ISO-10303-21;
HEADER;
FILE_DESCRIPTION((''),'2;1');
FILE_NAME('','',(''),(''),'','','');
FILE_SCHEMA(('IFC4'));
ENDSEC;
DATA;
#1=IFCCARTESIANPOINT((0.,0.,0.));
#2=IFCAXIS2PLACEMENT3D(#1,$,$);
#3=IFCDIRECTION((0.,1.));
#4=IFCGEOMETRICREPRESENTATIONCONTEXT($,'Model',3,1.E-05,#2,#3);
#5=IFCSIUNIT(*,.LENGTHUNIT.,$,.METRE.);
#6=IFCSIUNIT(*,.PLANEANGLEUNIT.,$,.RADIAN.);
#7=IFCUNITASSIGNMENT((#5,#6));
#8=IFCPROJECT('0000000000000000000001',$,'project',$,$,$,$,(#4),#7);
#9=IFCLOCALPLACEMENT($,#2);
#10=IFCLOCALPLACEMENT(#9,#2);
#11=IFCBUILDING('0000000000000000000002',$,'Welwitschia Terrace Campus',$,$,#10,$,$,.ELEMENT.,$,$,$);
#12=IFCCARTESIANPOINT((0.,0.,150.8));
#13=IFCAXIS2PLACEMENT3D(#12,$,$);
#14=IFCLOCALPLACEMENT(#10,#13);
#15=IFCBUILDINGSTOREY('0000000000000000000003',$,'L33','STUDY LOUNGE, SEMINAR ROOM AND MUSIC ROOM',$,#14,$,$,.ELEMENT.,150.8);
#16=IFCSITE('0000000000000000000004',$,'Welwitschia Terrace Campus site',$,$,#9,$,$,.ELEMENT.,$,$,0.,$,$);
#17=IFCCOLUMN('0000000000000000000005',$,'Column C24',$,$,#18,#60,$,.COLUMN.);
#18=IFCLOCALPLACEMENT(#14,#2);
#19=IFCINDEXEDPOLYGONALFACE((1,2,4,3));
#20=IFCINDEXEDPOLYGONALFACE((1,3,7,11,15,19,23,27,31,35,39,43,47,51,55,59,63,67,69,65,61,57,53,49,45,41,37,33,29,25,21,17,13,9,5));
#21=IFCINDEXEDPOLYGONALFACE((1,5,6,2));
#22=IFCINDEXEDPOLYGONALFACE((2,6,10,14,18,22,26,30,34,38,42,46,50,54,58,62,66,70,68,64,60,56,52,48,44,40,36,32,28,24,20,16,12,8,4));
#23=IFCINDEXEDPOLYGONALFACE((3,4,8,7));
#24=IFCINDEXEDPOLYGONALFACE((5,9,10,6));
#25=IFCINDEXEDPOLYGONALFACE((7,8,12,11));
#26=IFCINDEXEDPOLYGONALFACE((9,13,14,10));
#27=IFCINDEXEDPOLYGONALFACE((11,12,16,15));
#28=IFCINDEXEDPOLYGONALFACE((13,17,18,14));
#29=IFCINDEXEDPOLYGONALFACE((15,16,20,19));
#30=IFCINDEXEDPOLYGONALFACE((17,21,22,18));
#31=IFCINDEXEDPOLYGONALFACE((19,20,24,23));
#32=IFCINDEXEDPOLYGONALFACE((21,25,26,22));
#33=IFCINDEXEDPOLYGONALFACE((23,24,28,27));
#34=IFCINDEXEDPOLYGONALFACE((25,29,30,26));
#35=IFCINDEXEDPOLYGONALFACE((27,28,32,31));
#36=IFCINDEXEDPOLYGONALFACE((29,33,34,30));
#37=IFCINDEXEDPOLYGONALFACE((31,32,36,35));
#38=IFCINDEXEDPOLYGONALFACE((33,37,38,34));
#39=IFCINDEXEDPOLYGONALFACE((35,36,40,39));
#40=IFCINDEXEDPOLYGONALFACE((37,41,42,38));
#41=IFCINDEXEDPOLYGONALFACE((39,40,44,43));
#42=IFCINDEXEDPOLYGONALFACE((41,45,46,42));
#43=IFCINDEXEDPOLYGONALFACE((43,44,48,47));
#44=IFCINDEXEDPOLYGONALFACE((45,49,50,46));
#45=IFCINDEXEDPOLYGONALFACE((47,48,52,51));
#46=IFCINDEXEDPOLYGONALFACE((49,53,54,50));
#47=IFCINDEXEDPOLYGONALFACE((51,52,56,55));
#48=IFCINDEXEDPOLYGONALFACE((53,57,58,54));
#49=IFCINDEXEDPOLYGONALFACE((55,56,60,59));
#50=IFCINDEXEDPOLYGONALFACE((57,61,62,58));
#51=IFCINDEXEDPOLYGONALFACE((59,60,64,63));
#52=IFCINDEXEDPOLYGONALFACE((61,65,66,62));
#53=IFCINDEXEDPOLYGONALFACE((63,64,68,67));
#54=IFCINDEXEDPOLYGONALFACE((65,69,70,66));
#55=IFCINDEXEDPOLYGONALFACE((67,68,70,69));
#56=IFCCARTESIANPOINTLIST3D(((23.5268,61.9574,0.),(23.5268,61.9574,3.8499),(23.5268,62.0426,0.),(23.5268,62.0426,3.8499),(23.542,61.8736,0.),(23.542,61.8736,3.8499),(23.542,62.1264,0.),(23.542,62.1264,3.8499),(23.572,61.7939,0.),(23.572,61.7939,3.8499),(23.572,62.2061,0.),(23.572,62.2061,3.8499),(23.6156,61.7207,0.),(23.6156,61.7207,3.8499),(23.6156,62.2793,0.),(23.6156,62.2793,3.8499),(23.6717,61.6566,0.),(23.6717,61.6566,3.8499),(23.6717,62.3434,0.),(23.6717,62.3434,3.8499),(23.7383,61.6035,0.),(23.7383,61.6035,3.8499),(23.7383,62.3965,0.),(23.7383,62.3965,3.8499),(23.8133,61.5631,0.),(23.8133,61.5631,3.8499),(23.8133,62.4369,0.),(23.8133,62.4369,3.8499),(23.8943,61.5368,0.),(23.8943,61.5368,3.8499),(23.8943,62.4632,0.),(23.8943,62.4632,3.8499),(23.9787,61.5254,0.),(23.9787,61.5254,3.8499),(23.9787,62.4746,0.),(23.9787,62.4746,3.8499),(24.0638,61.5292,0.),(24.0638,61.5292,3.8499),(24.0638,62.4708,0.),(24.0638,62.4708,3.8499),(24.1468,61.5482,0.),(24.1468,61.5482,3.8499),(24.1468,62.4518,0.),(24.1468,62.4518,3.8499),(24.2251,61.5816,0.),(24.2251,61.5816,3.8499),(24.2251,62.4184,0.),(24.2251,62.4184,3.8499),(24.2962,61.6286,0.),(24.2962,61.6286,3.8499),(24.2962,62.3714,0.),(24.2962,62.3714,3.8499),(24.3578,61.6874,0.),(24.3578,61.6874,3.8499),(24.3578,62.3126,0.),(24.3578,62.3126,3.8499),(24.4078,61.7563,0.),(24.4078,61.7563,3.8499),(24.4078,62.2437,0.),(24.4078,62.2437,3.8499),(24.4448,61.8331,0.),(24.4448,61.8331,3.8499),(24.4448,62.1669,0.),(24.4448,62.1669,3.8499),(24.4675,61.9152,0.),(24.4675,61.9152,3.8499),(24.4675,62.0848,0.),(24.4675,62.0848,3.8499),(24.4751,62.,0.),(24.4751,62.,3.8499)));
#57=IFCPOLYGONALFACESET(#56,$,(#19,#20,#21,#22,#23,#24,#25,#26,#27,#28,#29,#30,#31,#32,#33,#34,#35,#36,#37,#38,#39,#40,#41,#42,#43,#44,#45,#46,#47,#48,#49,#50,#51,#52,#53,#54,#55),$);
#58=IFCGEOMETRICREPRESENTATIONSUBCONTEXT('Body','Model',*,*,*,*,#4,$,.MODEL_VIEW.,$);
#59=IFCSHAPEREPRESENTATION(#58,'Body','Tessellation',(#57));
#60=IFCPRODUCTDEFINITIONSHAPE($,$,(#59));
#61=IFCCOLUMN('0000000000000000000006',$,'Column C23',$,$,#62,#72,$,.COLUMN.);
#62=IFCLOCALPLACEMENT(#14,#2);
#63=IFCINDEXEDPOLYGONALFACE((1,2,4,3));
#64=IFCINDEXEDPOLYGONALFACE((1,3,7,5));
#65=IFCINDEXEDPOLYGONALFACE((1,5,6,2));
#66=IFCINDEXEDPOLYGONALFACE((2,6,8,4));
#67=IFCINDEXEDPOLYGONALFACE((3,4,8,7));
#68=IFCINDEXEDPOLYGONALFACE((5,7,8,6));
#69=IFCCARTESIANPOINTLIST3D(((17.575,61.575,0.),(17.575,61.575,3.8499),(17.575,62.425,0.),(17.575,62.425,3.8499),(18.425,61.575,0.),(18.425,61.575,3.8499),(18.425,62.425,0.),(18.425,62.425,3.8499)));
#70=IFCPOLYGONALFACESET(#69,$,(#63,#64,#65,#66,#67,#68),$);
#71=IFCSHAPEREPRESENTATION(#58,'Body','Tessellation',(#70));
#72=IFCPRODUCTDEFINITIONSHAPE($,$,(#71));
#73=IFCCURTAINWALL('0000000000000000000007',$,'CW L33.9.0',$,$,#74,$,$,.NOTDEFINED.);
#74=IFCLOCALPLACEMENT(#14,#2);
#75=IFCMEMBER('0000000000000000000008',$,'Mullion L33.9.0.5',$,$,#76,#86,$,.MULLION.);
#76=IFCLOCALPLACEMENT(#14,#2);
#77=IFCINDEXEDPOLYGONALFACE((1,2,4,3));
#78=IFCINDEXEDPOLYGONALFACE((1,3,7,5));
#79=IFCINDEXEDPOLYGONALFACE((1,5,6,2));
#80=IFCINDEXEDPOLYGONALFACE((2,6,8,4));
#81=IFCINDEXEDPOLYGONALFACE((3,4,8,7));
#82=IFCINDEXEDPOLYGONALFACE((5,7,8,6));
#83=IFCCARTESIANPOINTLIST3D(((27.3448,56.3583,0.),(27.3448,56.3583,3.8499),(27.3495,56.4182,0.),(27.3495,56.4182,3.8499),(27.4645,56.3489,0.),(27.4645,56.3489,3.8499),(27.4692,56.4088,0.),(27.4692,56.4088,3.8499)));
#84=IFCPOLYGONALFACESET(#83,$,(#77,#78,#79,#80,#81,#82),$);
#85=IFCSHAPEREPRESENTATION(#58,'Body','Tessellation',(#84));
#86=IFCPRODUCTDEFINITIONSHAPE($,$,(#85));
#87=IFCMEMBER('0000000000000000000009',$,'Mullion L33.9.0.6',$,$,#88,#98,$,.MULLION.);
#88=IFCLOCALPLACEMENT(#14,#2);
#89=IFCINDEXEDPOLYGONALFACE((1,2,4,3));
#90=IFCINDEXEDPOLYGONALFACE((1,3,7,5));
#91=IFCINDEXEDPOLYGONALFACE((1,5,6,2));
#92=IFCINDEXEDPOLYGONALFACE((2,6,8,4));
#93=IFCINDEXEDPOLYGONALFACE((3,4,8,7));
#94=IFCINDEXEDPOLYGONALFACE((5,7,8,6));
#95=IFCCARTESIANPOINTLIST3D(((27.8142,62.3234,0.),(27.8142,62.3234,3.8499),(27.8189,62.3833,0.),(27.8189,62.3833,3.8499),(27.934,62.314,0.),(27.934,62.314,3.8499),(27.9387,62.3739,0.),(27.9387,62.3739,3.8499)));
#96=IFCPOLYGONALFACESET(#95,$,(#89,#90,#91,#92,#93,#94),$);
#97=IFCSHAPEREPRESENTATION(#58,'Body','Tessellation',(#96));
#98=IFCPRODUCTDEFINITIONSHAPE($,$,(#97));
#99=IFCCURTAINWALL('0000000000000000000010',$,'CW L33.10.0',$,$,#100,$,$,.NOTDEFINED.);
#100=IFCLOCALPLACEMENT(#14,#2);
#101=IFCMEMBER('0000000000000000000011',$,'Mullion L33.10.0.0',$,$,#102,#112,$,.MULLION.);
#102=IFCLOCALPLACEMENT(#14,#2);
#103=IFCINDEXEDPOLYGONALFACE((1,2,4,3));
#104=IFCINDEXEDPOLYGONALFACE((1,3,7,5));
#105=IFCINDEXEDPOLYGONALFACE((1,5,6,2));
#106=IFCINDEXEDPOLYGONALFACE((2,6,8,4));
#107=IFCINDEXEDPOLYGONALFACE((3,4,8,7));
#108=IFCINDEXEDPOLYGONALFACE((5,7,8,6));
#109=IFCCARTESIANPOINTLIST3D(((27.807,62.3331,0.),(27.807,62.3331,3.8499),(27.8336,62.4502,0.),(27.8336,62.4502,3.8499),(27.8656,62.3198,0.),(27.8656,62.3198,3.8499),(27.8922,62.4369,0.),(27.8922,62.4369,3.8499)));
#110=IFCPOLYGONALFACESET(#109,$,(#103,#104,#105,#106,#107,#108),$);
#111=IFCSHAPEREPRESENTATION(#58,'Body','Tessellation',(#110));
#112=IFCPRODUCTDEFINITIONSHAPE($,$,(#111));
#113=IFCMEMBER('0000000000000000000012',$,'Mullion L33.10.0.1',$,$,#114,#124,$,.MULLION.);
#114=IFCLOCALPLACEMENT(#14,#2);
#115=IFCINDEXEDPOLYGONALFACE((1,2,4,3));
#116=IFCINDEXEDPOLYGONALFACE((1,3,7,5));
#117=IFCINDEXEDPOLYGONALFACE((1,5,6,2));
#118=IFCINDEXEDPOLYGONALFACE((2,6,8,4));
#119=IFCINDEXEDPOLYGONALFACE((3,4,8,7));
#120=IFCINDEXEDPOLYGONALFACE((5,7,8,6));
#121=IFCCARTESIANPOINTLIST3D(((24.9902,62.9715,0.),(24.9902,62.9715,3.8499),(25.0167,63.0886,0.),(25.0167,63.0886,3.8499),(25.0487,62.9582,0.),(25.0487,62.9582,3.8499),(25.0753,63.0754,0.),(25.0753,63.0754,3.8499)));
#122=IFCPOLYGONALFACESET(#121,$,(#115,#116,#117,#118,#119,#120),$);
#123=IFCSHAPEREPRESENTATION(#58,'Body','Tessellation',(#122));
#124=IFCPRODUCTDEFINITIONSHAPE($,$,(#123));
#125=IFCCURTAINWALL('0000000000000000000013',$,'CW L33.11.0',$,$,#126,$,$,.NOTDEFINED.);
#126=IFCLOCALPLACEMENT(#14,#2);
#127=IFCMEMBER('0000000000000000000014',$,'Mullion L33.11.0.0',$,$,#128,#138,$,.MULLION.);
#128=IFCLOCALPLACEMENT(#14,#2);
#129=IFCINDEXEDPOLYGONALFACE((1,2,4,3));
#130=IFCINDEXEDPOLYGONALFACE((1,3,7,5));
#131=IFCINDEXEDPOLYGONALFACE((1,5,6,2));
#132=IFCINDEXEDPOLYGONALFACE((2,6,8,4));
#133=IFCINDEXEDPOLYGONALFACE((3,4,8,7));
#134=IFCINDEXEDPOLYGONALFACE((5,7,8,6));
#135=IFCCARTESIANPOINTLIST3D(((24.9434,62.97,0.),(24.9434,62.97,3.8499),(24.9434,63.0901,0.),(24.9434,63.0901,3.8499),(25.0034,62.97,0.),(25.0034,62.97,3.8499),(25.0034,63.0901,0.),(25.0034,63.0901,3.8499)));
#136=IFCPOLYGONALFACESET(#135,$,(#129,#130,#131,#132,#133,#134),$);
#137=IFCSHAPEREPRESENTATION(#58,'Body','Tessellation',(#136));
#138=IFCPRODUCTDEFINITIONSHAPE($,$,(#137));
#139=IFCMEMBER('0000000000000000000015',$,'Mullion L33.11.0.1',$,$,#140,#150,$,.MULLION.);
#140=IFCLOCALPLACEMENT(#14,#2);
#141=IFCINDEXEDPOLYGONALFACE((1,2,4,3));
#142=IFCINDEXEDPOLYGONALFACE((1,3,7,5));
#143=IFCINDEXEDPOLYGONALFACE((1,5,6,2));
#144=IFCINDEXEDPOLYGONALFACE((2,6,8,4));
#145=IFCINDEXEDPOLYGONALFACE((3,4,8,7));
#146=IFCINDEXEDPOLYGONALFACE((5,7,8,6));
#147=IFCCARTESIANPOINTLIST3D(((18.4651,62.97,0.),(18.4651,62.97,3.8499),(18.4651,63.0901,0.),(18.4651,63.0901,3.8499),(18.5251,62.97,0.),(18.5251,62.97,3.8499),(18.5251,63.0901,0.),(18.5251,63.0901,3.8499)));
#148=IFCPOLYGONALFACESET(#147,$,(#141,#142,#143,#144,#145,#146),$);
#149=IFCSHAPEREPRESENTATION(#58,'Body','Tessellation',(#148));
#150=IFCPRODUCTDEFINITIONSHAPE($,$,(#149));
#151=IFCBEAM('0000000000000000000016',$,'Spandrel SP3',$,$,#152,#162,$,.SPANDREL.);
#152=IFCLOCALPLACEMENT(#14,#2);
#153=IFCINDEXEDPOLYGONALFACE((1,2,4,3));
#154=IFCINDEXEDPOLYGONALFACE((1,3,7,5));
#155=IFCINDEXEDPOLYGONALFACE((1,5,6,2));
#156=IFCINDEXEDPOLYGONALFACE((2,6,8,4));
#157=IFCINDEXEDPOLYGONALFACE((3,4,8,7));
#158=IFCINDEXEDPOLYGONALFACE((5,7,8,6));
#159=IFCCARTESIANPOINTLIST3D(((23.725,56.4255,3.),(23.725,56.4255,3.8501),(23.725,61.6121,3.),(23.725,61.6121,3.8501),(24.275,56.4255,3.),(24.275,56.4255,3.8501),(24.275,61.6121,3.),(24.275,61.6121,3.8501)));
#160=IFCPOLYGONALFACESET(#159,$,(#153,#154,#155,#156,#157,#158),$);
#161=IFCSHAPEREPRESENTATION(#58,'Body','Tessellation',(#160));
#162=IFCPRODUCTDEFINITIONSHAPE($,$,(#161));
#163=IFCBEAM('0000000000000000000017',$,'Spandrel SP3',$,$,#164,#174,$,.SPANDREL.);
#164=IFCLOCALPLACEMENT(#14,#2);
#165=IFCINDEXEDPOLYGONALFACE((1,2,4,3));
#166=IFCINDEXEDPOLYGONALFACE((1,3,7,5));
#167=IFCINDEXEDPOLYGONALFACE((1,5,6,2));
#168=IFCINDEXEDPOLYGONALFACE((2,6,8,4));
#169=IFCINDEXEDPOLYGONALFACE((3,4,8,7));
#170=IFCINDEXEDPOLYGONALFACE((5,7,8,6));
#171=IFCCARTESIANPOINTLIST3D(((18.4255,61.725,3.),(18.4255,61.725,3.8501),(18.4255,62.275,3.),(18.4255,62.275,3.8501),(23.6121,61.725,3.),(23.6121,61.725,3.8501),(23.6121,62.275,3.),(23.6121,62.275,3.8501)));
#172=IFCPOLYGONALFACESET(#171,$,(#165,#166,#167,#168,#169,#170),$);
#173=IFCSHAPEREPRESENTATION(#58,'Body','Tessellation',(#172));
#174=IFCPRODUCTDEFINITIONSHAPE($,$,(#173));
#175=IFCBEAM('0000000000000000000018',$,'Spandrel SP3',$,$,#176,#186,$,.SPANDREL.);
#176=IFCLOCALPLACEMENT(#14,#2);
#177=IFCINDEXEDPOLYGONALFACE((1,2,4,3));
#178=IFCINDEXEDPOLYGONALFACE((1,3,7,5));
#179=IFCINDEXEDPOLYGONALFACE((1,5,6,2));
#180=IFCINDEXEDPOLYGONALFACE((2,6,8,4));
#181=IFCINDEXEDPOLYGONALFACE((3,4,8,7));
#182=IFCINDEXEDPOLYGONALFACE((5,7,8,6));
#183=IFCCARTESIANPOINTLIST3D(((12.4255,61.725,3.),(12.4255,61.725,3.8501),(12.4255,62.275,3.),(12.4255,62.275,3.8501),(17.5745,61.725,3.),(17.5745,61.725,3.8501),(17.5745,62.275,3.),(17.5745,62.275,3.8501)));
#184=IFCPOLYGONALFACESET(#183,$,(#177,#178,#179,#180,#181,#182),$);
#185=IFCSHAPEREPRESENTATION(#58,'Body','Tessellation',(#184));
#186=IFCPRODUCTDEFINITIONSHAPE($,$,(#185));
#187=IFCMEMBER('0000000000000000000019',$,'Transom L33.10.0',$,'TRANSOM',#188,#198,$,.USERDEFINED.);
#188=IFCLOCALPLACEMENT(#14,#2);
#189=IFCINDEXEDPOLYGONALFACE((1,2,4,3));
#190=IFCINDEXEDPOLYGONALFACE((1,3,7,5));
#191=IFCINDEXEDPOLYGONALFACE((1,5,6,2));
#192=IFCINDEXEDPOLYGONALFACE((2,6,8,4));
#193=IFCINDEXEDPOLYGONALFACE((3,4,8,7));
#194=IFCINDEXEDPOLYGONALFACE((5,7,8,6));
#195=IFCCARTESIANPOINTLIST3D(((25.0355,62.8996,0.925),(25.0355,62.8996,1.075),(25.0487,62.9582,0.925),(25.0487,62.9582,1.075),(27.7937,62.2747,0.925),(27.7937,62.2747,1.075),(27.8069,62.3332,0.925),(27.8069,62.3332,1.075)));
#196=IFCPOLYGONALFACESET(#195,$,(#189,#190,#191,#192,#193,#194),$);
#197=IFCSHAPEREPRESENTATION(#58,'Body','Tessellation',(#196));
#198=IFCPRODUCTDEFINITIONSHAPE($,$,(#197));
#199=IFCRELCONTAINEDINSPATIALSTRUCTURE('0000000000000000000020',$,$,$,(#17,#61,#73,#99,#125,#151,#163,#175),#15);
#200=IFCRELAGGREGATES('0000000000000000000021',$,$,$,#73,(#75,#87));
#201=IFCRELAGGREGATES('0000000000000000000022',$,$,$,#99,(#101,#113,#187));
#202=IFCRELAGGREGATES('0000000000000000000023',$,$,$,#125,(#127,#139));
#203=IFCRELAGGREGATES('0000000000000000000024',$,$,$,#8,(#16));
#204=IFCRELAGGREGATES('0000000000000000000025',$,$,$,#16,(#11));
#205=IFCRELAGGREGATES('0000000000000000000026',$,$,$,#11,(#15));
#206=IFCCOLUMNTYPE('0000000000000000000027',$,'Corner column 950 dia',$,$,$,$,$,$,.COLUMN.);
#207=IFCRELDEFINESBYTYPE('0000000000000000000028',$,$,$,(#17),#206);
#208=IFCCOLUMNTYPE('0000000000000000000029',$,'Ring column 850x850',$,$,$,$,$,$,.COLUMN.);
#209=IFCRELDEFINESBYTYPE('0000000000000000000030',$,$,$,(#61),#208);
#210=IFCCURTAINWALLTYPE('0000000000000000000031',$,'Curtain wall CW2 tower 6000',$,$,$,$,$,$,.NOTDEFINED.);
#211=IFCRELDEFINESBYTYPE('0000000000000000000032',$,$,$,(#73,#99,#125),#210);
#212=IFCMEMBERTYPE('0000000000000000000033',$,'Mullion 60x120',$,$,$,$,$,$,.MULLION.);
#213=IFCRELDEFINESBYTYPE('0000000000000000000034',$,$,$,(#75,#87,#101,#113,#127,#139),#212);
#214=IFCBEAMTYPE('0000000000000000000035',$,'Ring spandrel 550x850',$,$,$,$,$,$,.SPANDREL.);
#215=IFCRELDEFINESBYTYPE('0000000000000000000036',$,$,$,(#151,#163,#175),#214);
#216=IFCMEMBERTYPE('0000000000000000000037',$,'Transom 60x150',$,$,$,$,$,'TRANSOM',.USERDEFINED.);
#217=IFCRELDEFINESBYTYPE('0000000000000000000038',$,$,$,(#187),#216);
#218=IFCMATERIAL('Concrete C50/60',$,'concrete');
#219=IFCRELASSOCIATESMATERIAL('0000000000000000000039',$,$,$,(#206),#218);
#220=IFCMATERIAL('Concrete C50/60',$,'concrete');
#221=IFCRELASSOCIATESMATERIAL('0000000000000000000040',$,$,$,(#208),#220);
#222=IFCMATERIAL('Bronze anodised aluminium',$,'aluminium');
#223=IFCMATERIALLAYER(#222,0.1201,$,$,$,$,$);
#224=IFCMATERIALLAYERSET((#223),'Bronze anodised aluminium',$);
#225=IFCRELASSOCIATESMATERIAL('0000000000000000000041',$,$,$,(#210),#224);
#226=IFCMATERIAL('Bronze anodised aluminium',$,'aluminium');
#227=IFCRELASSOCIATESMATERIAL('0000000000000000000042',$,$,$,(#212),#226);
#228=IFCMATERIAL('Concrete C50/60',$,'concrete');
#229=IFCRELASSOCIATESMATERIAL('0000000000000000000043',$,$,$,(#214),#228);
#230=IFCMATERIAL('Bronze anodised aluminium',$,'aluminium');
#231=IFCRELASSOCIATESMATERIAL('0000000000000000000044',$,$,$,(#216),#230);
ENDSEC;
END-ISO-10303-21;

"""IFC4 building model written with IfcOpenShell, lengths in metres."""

from ifc_helpers import new_model, si_unit, direction, frame, origin, origin_2d, place, context, subcontext, project, spatial, rectangle, circle, extrude, material, layer, layer_set, material_profile, profile_set, type_object, element, aggregate, save


model = new_model("IFC4")

# Units and contexts
model_context = context("Model", 3, precision=1e-05, world=origin(), true_north=direction((0.0, 1.0)))
body_context = subcontext(model_context, "Body", "Model", "MODEL_VIEW")
ifc_project = project(units=[si_unit("LENGTHUNIT", "METRE"), si_unit("PLANEANGLEUNIT", "RADIAN")], contexts=[model_context])

# Site, building, storey
site_placement = place(None, origin())
site = spatial("IfcSite", under=ifc_project, at=site_placement, Name="Welwitschia Terrace Campus site", CompositionType="ELEMENT", RefElevation=0.0)
building_placement = place(site_placement, origin())
building = spatial("IfcBuilding", under=site, at=building_placement, Name="Welwitschia Terrace Campus", CompositionType="ELEMENT")
storey_placement = place(building_placement, frame((0.0, 0.0, 150.8)))
storey = spatial("IfcBuildingStorey", under=building, at=storey_placement, Name="L33", Description="STUDY LOUNGE, SEMINAR ROOM AND MUSIC ROOM", CompositionType="ELEMENT", Elevation=150.8)

# Columns
ifc_material_1 = material(Name="Concrete C50/60", Category="concrete")
ifc_material_profile_1 = material_profile(ifc_material_1, circle(Radius=0.4751, at=origin_2d()))
ifc_profile_set_1 = profile_set([ifc_material_profile_1], Name="Concrete C50/60")
column_type_1 = type_object("IfcColumnType", Name="Corner column 950 dia", PredefinedType="COLUMN", material=ifc_profile_set_1)
column_1_placement = place(storey_placement, frame((24.0, 62.0, 0.0), z_axis=(0.0, 0.0, 1.0), x_axis=(1.0, 0.0, 0.0)))
element("IfcColumn", 1, at=column_1_placement, inside=storey, type_object=column_type_1, Name="Column C24", PredefinedType="COLUMN", context=body_context, shape_type="SweptSolid", body=[
    extrude(circle(Radius=0.4751, at=origin_2d()), origin(), (0.0, 0.0, 1.0), 3.8499),
])
ifc_material_2 = material(Name="Concrete C50/60", Category="concrete")
ifc_material_profile_2 = material_profile(ifc_material_2, rectangle(XDim=0.8501, YDim=0.8501, at=origin_2d()))
ifc_profile_set_2 = profile_set([ifc_material_profile_2], Name="Concrete C50/60")
column_type_2 = type_object("IfcColumnType", Name="Ring column 850x850", PredefinedType="COLUMN", material=ifc_profile_set_2)
column_2_placement = place(storey_placement, frame((18.0, 62.0, 0.0), z_axis=(0.0, 0.0, 1.0), x_axis=(1.0, 0.0, 0.0)))
element("IfcColumn", 2, at=column_2_placement, inside=storey, type_object=column_type_2, Name="Column C23", PredefinedType="COLUMN", context=body_context, shape_type="SweptSolid", body=[
    extrude(rectangle(XDim=0.8501, YDim=0.8501, at=origin_2d()), origin(), (0.0, 0.0, 1.0), 3.8499),
])

# Curtain walls, members
ifc_material_3 = material(Name="Bronze anodised aluminium", Category="aluminium")
ifc_layer_1 = layer(ifc_material_3, 0.1201)
ifc_layer_set_1 = layer_set([ifc_layer_1], Name="Bronze anodised aluminium")
curtain_wall_type = type_object("IfcCurtainWallType", Name="Curtain wall CW2 tower 6000", PredefinedType="NOTDEFINED", material=ifc_layer_set_1)
curtain_wall_1_placement = place(storey_placement, origin())
curtain_wall_1 = element("IfcCurtainWall", 3, at=curtain_wall_1_placement, inside=storey, type_object=curtain_wall_type, Name="CW L33.9.0", PredefinedType="NOTDEFINED")
ifc_material_4 = material(Name="Bronze anodised aluminium", Category="aluminium")
ifc_material_profile_3 = material_profile(ifc_material_4, rectangle(XDim=0.1201, YDim=0.0601, at=origin_2d()))
ifc_profile_set_3 = profile_set([ifc_material_profile_3], Name="Bronze anodised aluminium")
member_type_1 = type_object("IfcMemberType", Name="Mullion 60x120", PredefinedType="MULLION", material=ifc_profile_set_3)
member_1_placement = place(storey_placement, frame((27.407, 56.3835, 0.0), z_axis=(0.0, 0.0, 1.0), x_axis=(-0.996917, 0.078459, 0.0)))
member_1 = element("IfcMember", 4, at=member_1_placement, type_object=member_type_1, Name="Mullion L33.9.0.5", PredefinedType="MULLION", context=body_context, shape_type="SweptSolid", body=[
    extrude(rectangle(XDim=0.1201, YDim=0.0601, at=origin_2d()), origin(), (0.0, 0.0, 1.0), 3.8499),
])
member_2_placement = place(storey_placement, frame((27.8765, 62.3486, 0.0), z_axis=(0.0, 0.0, 1.0), x_axis=(-0.996917, 0.078459, 0.0)))
member_2 = element("IfcMember", 5, at=member_2_placement, type_object=member_type_1, Name="Mullion L33.9.0.6", PredefinedType="MULLION", context=body_context, shape_type="SweptSolid", body=[
    extrude(rectangle(XDim=0.1201, YDim=0.0601, at=origin_2d()), origin(), (0.0, 0.0, 1.0), 3.8499),
])
curtain_wall_2_placement = place(storey_placement, origin())
curtain_wall_2 = element("IfcCurtainWall", 6, at=curtain_wall_2_placement, inside=storey, type_object=curtain_wall_type, Name="CW L33.10.0", PredefinedType="NOTDEFINED")
member_3_placement = place(storey_placement, frame((27.8496, 62.385, 0.0), z_axis=(0.0, 0.0, 1.0), x_axis=(-0.220997, -0.975275, 0.0)))
member_3 = element("IfcMember", 7, at=member_3_placement, type_object=member_type_1, Name="Mullion L33.10.0.0", PredefinedType="MULLION", context=body_context, shape_type="SweptSolid", body=[
    extrude(rectangle(XDim=0.1201, YDim=0.0601, at=origin_2d()), origin(), (0.0, 0.0, 1.0), 3.8499),
])
member_4_placement = place(storey_placement, frame((25.0327, 63.0234, 0.0), z_axis=(0.0, 0.0, 1.0), x_axis=(-0.220997, -0.975275, 0.0)))
member_4 = element("IfcMember", 8, at=member_4_placement, type_object=member_type_1, Name="Mullion L33.10.0.1", PredefinedType="MULLION", context=body_context, shape_type="SweptSolid", body=[
    extrude(rectangle(XDim=0.1201, YDim=0.0601, at=origin_2d()), origin(), (0.0, 0.0, 1.0), 3.8499),
])
curtain_wall_3_placement = place(storey_placement, origin())
curtain_wall_3 = element("IfcCurtainWall", 9, at=curtain_wall_3_placement, inside=storey, type_object=curtain_wall_type, Name="CW L33.11.0", PredefinedType="NOTDEFINED")
member_5_placement = place(storey_placement, frame((24.9734, 63.03, 0.0), z_axis=(0.0, 0.0, 1.0), x_axis=(0.0, -1.0, 0.0)))
member_5 = element("IfcMember", 10, at=member_5_placement, type_object=member_type_1, Name="Mullion L33.11.0.0", PredefinedType="MULLION", context=body_context, shape_type="SweptSolid", body=[
    extrude(rectangle(XDim=0.1201, YDim=0.0601, at=origin_2d()), origin(), (0.0, 0.0, 1.0), 3.8499),
])
member_6_placement = place(storey_placement, frame((18.4951, 63.03, 0.0), z_axis=(0.0, 0.0, 1.0), x_axis=(0.0, -1.0, 0.0)))
member_6 = element("IfcMember", 11, at=member_6_placement, type_object=member_type_1, Name="Mullion L33.11.0.1", PredefinedType="MULLION", context=body_context, shape_type="SweptSolid", body=[
    extrude(rectangle(XDim=0.1201, YDim=0.0601, at=origin_2d()), origin(), (0.0, 0.0, 1.0), 3.8499),
])

# Beams
ifc_material_5 = material(Name="Concrete C50/60", Category="concrete")
ifc_material_profile_4 = material_profile(ifc_material_5, rectangle(XDim=0.55, YDim=0.8501, at=origin_2d()))
ifc_profile_set_4 = profile_set([ifc_material_profile_4], Name="Concrete C50/60")
beam_type = type_object("IfcBeamType", Name="Ring spandrel 550x850", PredefinedType="SPANDREL", material=ifc_profile_set_4)
for number, where, z_axis, x_axis, name in (
    (12, (24.0, 56.4255, 3.425), (0.0, 1.0, 0.0), (-1.0, 0.0, 0.0), "Spandrel SP3"),
    (13, (23.6121, 62.0, 3.425), (-1.0, 0.0, 0.0), (0.0, -1.0, 0.0), "Spandrel SP3"),
):
    element("IfcBeam", number, at=place(storey_placement, frame(where, z_axis=z_axis, x_axis=x_axis)), inside=storey, type_object=beam_type, Name=name, PredefinedType="SPANDREL", context=body_context, shape_type="SweptSolid", body=[
        extrude(rectangle(XDim=0.55, YDim=0.8501, at=origin_2d()), origin(), (0.0, 0.0, 1.0), 5.1865),
    ])
beam_placement = place(storey_placement, frame((17.5745, 62.0, 3.425), z_axis=(-1.0, 0.0, 0.0), x_axis=(0.0, -1.0, 0.0)))
element("IfcBeam", 14, at=beam_placement, inside=storey, type_object=beam_type, Name="Spandrel SP3", PredefinedType="SPANDREL", context=body_context, shape_type="SweptSolid", body=[
    extrude(rectangle(XDim=0.55, YDim=0.8501, at=origin_2d()), origin(), (0.0, 0.0, 1.0), 5.1489),
])

# Member
ifc_material_6 = material(Name="Bronze anodised aluminium", Category="aluminium")
ifc_material_profile_5 = material_profile(ifc_material_6, rectangle(XDim=0.0601, YDim=0.1499, at=origin_2d()))
ifc_profile_set_5 = profile_set([ifc_material_profile_5], Name="Bronze anodised aluminium")
member_type_2 = type_object("IfcMemberType", Name="Transom 60x150", ElementType="TRANSOM", PredefinedType="USERDEFINED", material=ifc_profile_set_5)
member_7_placement = place(storey_placement, frame((27.8003, 62.304, 1.0), z_axis=(-0.975277, 0.220987, 0.0), x_axis=(-0.220987, -0.975277, 0.0)))
member_7 = element("IfcMember", 15, at=member_7_placement, type_object=member_type_2, Name="Transom L33.10.0", ObjectType="TRANSOM", PredefinedType="USERDEFINED", context=body_context, shape_type="SweptSolid", body=[
    extrude(rectangle(XDim=0.0601, YDim=0.1499, at=origin_2d()), origin(), (0.0, 0.0, 1.0), 2.8281),
])

aggregate(curtain_wall_1, [member_1, member_2])
aggregate(curtain_wall_2, [member_3, member_4, member_7])
aggregate(curtain_wall_3, [member_5, member_6])

save(model, "model.ifc")
